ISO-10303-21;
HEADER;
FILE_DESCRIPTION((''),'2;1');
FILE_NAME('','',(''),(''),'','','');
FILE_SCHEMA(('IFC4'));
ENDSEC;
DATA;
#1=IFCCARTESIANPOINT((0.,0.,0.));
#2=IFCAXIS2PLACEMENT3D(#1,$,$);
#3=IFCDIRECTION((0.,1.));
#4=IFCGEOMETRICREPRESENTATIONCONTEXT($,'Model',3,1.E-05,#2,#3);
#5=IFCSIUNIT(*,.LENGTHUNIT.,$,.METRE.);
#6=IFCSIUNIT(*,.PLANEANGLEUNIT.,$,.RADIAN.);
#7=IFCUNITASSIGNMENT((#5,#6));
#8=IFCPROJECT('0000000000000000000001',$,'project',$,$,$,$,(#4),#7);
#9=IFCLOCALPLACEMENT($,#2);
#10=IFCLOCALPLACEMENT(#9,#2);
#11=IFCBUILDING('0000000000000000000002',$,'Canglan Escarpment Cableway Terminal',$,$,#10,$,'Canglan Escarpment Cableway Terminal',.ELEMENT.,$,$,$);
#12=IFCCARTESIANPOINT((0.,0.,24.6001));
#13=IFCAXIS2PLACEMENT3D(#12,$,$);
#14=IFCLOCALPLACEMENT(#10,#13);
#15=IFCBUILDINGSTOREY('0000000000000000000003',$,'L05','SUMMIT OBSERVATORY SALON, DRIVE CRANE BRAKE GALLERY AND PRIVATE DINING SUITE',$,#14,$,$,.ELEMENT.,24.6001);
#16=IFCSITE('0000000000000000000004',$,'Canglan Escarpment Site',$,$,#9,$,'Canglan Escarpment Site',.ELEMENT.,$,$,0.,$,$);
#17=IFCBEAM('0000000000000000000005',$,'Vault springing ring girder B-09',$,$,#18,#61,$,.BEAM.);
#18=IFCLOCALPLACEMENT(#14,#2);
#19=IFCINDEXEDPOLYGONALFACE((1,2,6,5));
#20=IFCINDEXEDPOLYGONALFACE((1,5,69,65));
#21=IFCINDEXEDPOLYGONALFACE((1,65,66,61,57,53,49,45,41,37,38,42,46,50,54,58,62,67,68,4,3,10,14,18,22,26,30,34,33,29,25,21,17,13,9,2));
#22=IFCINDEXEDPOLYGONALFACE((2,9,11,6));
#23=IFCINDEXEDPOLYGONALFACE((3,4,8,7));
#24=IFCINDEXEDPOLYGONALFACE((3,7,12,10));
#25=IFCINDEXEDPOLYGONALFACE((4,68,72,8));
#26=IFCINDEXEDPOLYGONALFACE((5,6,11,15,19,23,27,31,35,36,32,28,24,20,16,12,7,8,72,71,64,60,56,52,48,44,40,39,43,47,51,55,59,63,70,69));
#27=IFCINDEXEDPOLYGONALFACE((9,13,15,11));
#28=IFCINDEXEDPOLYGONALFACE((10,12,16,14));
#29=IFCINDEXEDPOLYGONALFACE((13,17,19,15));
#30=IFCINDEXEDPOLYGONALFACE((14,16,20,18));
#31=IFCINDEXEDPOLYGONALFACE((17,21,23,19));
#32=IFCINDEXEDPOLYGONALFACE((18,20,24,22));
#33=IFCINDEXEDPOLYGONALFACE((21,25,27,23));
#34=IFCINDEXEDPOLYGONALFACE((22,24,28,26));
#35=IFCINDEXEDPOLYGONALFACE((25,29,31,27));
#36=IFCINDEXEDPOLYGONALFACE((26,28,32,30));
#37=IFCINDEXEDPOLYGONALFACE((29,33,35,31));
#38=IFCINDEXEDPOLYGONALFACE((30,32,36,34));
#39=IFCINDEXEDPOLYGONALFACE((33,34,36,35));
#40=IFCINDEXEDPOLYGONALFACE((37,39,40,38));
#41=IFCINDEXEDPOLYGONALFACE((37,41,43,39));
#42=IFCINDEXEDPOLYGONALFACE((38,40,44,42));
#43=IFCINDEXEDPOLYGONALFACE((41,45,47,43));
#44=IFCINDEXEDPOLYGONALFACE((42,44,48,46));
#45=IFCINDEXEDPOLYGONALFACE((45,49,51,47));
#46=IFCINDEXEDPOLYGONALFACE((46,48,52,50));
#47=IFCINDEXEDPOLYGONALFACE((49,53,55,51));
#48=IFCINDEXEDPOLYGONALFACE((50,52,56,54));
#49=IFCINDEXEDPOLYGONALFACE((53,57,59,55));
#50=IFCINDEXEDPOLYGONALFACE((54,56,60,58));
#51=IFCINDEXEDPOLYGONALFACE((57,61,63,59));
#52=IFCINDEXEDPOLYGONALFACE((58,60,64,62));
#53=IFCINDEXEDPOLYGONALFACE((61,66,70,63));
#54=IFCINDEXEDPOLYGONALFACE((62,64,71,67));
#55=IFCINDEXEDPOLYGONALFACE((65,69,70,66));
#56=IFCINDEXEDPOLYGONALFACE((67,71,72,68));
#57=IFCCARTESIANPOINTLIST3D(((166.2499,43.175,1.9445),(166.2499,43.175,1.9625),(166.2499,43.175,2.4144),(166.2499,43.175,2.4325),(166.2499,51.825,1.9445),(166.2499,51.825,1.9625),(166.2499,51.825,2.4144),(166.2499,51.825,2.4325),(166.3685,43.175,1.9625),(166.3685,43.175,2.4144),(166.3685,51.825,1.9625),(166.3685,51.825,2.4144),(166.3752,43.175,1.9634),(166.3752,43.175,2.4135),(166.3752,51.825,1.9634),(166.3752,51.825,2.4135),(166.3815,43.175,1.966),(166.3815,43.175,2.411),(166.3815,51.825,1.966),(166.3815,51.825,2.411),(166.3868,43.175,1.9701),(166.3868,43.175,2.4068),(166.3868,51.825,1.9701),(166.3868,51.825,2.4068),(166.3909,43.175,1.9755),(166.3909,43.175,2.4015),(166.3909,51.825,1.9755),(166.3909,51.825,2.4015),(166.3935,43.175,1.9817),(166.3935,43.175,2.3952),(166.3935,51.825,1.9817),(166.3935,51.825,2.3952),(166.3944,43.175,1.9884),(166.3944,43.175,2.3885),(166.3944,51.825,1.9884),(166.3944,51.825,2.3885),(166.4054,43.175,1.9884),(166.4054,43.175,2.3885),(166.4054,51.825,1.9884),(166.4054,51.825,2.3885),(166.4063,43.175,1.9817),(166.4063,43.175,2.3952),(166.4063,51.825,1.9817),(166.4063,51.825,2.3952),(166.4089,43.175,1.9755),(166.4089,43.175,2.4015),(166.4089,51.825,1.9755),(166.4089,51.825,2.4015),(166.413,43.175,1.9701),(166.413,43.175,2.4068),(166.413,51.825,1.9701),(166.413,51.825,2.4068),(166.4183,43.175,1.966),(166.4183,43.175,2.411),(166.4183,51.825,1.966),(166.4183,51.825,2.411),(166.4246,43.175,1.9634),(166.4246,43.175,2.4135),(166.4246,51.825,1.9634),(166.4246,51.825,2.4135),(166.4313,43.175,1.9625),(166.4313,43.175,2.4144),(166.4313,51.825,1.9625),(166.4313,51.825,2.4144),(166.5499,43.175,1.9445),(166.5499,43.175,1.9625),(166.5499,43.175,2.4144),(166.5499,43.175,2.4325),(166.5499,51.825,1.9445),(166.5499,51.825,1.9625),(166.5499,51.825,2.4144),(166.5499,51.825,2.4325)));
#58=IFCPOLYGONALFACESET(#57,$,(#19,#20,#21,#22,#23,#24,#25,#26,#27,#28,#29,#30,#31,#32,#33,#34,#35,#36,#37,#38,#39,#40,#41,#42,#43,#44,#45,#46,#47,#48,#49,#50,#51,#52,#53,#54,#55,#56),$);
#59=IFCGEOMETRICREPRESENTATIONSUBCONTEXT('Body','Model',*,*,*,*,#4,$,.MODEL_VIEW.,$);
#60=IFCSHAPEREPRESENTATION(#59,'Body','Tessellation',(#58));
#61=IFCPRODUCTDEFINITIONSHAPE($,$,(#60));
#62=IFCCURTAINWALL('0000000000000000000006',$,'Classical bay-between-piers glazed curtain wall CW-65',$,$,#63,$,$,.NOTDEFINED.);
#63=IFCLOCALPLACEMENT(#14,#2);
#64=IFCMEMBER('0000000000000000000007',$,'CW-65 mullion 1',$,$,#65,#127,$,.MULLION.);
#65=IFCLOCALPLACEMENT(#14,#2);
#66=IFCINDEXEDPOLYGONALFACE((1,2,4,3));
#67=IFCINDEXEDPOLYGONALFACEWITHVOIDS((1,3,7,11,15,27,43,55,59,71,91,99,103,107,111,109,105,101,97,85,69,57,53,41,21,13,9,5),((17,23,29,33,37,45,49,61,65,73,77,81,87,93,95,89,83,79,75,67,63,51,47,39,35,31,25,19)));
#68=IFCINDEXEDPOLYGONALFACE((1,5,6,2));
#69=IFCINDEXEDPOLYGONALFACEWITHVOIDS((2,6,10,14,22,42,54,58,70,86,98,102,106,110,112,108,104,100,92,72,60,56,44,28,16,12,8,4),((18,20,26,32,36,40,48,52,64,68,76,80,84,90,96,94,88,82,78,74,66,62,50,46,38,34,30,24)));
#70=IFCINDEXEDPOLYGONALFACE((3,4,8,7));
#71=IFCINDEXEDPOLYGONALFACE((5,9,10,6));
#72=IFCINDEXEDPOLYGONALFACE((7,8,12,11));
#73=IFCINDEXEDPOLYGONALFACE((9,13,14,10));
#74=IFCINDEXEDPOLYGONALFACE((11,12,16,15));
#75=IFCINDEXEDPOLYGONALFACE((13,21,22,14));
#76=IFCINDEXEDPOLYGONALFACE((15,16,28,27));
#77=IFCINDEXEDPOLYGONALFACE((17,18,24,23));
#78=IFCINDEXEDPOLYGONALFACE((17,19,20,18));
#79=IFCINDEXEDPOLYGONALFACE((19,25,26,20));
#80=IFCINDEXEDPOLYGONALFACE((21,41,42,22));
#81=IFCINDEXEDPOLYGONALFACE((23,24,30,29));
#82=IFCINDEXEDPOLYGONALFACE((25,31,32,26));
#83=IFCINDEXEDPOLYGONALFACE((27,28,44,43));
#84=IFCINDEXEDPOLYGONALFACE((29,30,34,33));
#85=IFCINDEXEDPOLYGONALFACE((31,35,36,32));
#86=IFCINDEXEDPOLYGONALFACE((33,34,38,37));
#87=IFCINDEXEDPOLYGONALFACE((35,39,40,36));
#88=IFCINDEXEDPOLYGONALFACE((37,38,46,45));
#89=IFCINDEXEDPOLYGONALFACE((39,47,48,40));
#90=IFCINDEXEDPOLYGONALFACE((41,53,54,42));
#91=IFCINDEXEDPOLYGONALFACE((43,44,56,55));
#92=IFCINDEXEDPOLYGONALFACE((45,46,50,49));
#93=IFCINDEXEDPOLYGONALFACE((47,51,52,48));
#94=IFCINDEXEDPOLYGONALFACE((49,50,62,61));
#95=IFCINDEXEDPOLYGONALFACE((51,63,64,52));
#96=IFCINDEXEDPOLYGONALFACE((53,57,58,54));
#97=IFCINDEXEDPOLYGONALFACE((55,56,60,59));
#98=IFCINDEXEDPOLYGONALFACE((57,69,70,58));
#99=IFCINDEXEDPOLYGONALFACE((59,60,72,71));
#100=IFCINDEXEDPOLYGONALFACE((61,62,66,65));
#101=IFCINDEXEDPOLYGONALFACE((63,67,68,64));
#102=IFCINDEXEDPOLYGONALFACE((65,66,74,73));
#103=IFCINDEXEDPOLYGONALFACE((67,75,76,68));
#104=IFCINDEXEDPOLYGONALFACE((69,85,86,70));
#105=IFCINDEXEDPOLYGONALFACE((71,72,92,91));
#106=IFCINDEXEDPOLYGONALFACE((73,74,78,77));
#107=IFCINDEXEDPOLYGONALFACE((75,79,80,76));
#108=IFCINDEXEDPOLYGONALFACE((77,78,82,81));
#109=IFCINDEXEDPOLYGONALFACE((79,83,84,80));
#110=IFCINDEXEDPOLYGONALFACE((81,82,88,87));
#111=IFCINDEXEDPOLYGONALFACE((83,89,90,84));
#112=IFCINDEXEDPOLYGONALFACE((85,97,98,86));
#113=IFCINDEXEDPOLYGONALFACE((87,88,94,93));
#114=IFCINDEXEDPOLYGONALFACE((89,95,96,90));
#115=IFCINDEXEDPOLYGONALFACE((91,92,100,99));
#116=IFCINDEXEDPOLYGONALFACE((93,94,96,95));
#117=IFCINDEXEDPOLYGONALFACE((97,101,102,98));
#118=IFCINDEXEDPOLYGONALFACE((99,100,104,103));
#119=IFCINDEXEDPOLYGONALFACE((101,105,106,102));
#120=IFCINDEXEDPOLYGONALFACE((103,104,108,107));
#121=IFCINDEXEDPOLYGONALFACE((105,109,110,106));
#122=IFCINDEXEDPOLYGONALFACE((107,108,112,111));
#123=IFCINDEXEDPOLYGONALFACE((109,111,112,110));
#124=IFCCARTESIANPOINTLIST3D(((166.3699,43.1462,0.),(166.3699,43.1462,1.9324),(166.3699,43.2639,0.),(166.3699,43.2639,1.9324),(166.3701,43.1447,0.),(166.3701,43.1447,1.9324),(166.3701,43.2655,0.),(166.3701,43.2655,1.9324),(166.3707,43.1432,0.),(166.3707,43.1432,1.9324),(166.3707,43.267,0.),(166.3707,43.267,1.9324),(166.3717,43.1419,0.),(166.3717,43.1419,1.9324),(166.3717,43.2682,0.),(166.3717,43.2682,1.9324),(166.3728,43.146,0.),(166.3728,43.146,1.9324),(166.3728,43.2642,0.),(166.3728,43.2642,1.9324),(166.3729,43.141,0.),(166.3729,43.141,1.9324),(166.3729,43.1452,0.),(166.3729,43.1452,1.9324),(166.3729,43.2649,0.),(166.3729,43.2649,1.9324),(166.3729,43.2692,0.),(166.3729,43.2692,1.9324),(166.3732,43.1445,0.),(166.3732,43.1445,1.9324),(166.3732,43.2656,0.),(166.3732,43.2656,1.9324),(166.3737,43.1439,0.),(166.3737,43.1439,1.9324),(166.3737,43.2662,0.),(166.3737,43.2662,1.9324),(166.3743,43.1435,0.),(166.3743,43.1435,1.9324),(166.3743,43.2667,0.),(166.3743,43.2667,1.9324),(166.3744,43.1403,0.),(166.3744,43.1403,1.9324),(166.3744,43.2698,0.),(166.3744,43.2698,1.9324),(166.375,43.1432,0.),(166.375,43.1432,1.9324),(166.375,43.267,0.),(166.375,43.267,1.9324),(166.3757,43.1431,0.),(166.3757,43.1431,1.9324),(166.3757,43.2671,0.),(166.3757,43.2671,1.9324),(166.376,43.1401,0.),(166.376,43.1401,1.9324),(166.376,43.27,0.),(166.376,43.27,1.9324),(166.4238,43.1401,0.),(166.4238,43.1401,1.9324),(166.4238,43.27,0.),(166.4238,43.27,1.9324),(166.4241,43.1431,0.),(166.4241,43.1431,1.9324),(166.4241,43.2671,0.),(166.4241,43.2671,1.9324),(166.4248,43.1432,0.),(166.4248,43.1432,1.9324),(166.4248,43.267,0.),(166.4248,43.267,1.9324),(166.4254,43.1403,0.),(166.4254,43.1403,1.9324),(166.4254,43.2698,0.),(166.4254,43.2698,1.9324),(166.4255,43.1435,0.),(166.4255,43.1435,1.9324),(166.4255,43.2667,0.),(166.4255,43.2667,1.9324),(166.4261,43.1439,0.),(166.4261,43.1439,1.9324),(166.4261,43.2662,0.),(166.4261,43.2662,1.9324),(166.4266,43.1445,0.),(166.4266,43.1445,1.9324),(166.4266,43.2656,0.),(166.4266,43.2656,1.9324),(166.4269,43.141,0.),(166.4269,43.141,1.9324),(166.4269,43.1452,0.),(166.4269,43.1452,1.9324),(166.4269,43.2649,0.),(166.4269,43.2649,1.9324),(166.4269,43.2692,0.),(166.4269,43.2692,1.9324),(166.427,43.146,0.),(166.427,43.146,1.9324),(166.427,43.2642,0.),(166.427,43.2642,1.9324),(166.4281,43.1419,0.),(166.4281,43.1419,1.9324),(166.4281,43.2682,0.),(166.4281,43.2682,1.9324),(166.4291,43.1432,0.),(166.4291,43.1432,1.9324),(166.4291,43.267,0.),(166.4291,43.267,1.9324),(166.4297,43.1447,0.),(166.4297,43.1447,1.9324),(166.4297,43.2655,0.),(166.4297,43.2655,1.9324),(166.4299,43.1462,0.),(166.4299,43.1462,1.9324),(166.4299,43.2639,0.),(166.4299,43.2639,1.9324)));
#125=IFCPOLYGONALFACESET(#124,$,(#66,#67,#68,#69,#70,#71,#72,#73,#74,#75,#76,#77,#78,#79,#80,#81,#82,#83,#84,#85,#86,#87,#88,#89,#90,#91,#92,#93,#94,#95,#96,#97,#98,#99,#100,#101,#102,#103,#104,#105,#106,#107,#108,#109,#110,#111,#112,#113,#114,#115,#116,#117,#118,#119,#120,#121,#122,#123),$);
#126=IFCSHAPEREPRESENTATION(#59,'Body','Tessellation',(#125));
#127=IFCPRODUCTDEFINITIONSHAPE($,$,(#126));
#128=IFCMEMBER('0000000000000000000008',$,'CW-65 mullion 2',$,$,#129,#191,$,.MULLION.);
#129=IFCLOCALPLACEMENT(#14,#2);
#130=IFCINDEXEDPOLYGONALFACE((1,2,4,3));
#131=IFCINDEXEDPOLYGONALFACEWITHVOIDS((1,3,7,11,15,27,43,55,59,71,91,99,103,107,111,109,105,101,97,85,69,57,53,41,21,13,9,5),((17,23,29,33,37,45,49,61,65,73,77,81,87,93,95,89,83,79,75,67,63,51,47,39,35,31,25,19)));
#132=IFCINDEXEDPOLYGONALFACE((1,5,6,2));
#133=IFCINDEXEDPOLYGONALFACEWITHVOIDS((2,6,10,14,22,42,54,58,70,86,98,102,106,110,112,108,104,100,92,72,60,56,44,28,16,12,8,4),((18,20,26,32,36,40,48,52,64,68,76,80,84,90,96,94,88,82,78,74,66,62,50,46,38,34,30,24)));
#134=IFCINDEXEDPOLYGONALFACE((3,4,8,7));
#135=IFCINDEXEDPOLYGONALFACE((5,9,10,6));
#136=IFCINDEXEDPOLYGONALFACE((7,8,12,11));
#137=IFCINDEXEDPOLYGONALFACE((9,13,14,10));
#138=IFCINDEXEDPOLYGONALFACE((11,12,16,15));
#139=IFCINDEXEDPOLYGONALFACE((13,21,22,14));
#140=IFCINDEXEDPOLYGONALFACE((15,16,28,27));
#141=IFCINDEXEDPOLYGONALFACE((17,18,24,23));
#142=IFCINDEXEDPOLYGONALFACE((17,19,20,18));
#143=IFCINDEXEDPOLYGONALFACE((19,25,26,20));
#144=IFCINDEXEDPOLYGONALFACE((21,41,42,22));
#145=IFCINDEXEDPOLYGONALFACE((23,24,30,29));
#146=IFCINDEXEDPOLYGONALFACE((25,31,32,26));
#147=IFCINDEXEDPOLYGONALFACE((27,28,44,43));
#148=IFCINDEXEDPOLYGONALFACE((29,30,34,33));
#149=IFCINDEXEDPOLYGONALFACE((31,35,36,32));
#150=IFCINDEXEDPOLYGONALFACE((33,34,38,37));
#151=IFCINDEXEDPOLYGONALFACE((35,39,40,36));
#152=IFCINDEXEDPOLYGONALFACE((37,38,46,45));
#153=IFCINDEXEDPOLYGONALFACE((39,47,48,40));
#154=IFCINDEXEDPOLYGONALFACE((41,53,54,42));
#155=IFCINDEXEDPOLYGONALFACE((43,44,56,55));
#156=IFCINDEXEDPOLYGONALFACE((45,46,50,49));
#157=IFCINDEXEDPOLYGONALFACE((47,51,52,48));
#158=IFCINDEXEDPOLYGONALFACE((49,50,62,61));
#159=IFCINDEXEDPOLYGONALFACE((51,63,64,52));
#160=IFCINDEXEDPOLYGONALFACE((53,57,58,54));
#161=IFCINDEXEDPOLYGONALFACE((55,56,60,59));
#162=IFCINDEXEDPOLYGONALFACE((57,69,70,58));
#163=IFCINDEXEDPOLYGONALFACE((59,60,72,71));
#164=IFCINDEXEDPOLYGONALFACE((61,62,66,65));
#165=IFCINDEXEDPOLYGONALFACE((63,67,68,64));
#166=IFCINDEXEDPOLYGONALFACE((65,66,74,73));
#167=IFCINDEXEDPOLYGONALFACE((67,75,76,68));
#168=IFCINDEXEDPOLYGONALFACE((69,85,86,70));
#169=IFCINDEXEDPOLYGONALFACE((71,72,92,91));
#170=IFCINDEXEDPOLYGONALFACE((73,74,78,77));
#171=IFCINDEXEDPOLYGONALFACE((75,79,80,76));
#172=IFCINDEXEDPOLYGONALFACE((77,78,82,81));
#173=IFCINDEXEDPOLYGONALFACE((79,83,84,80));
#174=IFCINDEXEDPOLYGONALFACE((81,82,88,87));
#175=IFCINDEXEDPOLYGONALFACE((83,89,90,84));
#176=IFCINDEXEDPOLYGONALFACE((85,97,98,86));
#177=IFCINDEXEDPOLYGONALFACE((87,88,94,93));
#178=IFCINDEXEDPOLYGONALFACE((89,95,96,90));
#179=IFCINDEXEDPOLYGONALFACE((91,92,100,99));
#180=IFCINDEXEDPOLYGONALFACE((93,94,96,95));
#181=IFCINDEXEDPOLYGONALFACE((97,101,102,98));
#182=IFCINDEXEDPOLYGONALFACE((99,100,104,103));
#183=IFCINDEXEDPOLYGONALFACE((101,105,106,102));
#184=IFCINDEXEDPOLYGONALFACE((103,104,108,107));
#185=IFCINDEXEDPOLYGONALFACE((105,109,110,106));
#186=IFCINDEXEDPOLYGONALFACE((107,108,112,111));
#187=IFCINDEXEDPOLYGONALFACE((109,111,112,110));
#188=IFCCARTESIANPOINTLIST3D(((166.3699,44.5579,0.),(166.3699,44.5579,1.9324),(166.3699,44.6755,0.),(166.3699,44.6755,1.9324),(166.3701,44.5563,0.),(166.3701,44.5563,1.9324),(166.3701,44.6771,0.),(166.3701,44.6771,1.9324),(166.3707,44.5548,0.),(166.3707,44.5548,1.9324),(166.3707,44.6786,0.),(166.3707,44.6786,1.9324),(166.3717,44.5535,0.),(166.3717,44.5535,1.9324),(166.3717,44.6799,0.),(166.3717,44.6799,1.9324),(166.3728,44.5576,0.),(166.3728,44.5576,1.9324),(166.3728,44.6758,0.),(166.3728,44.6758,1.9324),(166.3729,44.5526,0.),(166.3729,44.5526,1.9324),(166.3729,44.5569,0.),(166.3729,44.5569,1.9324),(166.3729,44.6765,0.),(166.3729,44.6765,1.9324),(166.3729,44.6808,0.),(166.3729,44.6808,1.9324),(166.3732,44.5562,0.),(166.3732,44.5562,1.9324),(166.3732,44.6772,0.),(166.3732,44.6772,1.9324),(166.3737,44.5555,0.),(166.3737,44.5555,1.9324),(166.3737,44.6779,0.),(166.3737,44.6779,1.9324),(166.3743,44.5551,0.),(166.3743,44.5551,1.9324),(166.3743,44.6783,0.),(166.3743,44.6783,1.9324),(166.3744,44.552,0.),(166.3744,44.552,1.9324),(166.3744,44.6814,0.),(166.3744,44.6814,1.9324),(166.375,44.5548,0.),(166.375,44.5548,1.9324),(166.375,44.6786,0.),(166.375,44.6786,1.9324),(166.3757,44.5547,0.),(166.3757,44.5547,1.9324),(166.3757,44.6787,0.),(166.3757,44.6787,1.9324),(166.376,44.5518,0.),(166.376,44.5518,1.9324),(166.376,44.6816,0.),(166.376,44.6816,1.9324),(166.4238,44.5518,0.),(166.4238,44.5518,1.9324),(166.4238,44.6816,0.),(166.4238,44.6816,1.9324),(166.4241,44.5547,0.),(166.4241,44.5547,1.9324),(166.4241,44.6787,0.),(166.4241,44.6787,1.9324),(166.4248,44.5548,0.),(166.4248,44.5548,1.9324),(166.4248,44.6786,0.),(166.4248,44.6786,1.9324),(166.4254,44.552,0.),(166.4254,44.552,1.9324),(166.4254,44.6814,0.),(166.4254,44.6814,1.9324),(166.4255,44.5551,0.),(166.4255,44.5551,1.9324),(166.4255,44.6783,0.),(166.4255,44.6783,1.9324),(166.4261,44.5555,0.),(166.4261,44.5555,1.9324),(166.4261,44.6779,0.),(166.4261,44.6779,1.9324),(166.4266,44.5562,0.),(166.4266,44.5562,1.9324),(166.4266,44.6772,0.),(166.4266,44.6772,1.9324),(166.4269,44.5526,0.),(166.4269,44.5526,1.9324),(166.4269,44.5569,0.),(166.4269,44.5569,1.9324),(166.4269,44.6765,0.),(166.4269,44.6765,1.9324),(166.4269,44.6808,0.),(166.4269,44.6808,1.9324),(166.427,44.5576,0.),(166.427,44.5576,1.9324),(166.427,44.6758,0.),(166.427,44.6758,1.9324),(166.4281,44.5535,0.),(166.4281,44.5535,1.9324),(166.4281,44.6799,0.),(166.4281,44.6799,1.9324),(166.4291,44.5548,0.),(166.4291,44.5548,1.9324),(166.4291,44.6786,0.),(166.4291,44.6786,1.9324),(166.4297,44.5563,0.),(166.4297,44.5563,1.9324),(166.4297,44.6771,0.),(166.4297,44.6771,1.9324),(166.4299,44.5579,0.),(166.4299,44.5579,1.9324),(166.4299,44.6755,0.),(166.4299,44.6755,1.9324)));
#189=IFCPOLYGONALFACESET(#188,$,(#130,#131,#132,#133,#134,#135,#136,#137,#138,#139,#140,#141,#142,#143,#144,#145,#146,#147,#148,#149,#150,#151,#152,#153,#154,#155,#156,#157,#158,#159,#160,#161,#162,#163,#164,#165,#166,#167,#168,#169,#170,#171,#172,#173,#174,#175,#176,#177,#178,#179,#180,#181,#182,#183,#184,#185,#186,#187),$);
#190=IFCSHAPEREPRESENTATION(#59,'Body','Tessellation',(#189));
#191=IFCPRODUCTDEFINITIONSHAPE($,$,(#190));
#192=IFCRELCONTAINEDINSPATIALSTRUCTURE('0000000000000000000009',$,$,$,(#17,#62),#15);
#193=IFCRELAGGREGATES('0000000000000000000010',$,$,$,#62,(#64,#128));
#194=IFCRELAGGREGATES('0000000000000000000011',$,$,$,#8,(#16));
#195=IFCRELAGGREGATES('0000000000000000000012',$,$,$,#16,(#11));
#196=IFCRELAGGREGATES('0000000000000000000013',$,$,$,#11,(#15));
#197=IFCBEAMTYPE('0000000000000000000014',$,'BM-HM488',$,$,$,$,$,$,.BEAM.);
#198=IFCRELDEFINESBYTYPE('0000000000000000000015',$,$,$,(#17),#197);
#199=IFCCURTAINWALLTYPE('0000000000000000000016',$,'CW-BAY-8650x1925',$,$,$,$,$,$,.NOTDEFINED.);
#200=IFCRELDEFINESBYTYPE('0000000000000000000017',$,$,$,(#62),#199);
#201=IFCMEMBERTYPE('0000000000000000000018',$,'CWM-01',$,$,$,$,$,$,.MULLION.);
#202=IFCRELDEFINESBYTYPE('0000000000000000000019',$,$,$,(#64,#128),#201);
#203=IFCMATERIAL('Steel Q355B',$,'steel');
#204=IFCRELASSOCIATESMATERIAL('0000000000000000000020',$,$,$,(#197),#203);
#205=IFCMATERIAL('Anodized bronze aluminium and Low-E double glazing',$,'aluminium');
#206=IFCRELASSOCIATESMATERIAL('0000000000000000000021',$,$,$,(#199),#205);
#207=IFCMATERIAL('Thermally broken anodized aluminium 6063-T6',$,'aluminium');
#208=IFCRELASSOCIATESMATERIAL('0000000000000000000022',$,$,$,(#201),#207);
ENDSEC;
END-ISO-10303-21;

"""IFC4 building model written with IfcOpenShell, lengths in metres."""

from ifc_helpers import new_model, si_unit, direction, frame, origin, origin_2d, place, context, subcontext, project, spatial, hollow_rectangle, i_section, extrude, material, material_profile, profile_set, type_object, element, aggregate, save


model = new_model("IFC4")

# Units and contexts
model_context = context("Model", 3, precision=1e-05, world=origin(), true_north=direction((0.0, 1.0)))
body_context = subcontext(model_context, "Body", "Model", "MODEL_VIEW")
ifc_project = project(units=[si_unit("LENGTHUNIT", "METRE"), si_unit("PLANEANGLEUNIT", "RADIAN")], contexts=[model_context])

# Site, building, storey
site_placement = place(None, origin())
site = spatial("IfcSite", under=ifc_project, at=site_placement, Name="Canglan Escarpment Site", LongName="Canglan Escarpment Site", CompositionType="ELEMENT", RefElevation=0.0)
building_placement = place(site_placement, origin())
building = spatial("IfcBuilding", under=site, at=building_placement, Name="Canglan Escarpment Cableway Terminal", LongName="Canglan Escarpment Cableway Terminal", CompositionType="ELEMENT")
storey_placement = place(building_placement, frame((0.0, 0.0, 24.6001)))
storey = spatial("IfcBuildingStorey", under=building, at=storey_placement, Name="L05", Description="SUMMIT OBSERVATORY SALON, DRIVE CRANE BRAKE GALLERY AND PRIVATE DINING SUITE", CompositionType="ELEMENT", Elevation=24.6001)

# Beam
ifc_material_1 = material(Name="Steel Q355B", Category="steel")
ifc_material_profile_1 = material_profile(ifc_material_1, i_section(OverallWidth=0.3, OverallDepth=0.488, WebThickness=0.011, FlangeThickness=0.0181, FilletRadius=0.0259, at=origin_2d()), Name="HM 488x300x11x18")
ifc_profile_set_1 = profile_set([ifc_material_profile_1], Name="Steel Q355B")
beam_type = type_object("IfcBeamType", Name="BM-HM488", PredefinedType="BEAM", material=ifc_profile_set_1)
beam_placement = place(storey_placement, frame((166.3999, 43.175, 2.1885), z_axis=(0.0, 1.0, 0.0), x_axis=(-1.0, 0.0, 0.0)))
element("IfcBeam", 1, at=beam_placement, inside=storey, type_object=beam_type, Name="Vault springing ring girder B-09", PredefinedType="BEAM", context=body_context, shape_type="SweptSolid", body=[
    extrude(i_section(OverallWidth=0.3, OverallDepth=0.488, WebThickness=0.011, FlangeThickness=0.0181, FilletRadius=0.0259, at=origin_2d()), origin(), (0.0, 0.0, 1.0), 8.6499),
])

# Curtain wall, members
ifc_material_2 = material(Name="Anodized bronze aluminium and Low-E double glazing", Category="aluminium")
curtain_wall_type = type_object("IfcCurtainWallType", Name="CW-BAY-8650x1925", PredefinedType="NOTDEFINED", material=ifc_material_2)
curtain_wall_placement = place(storey_placement, origin())
curtain_wall = element("IfcCurtainWall", 2, at=curtain_wall_placement, inside=storey, type_object=curtain_wall_type, Name="Classical bay-between-piers glazed curtain wall CW-65", PredefinedType="NOTDEFINED")
ifc_material_3 = material(Name="Thermally broken anodized aluminium 6063-T6", Category="aluminium")
ifc_material_profile_2 = material_profile(ifc_material_3, hollow_rectangle(XDim=0.0601, YDim=0.1299, WallThickness=0.0029, InnerFilletRadius=0.0029, OuterFilletRadius=0.0061, at=origin_2d()), Name="ALU-MULL 60x130x3")
ifc_profile_set_2 = profile_set([ifc_material_profile_2], Name="Thermally broken anodized aluminium 6063-T6")
member_type_1 = type_object("IfcMemberType", Name="CWM-01", PredefinedType="MULLION", material=ifc_profile_set_2)
member_1_placement = place(storey_placement, frame((166.3999, 43.2051, 0.0), z_axis=(0.0, 0.0, 1.0), x_axis=(-1.0, 0.0, 0.0)))
member_1 = element("IfcMember", 3, at=member_1_placement, type_object=member_type_1, Name="CW-65 mullion 1", PredefinedType="MULLION", context=body_context, shape_type="SweptSolid", body=[
    extrude(hollow_rectangle(XDim=0.0601, YDim=0.1299, WallThickness=0.0029, InnerFilletRadius=0.0029, OuterFilletRadius=0.0061, at=origin_2d()), origin(), (0.0, 0.0, 1.0), 1.9324),
])
member_2_placement = place(storey_placement, frame((166.3999, 44.6167, 0.0), z_axis=(0.0, 0.0, 1.0), x_axis=(-1.0, 0.0, 0.0)))
member_2 = element("IfcMember", 4, at=member_2_placement, type_object=member_type_1, Name="CW-65 mullion 2", PredefinedType="MULLION", context=body_context, shape_type="SweptSolid", body=[
    extrude(hollow_rectangle(XDim=0.0601, YDim=0.1299, WallThickness=0.0029, InnerFilletRadius=0.0029, OuterFilletRadius=0.0061, at=origin_2d()), origin(), (0.0, 0.0, 1.0), 1.9324),
])

aggregate(curtain_wall, [member_1, member_2])

save(model, "model.ifc")
